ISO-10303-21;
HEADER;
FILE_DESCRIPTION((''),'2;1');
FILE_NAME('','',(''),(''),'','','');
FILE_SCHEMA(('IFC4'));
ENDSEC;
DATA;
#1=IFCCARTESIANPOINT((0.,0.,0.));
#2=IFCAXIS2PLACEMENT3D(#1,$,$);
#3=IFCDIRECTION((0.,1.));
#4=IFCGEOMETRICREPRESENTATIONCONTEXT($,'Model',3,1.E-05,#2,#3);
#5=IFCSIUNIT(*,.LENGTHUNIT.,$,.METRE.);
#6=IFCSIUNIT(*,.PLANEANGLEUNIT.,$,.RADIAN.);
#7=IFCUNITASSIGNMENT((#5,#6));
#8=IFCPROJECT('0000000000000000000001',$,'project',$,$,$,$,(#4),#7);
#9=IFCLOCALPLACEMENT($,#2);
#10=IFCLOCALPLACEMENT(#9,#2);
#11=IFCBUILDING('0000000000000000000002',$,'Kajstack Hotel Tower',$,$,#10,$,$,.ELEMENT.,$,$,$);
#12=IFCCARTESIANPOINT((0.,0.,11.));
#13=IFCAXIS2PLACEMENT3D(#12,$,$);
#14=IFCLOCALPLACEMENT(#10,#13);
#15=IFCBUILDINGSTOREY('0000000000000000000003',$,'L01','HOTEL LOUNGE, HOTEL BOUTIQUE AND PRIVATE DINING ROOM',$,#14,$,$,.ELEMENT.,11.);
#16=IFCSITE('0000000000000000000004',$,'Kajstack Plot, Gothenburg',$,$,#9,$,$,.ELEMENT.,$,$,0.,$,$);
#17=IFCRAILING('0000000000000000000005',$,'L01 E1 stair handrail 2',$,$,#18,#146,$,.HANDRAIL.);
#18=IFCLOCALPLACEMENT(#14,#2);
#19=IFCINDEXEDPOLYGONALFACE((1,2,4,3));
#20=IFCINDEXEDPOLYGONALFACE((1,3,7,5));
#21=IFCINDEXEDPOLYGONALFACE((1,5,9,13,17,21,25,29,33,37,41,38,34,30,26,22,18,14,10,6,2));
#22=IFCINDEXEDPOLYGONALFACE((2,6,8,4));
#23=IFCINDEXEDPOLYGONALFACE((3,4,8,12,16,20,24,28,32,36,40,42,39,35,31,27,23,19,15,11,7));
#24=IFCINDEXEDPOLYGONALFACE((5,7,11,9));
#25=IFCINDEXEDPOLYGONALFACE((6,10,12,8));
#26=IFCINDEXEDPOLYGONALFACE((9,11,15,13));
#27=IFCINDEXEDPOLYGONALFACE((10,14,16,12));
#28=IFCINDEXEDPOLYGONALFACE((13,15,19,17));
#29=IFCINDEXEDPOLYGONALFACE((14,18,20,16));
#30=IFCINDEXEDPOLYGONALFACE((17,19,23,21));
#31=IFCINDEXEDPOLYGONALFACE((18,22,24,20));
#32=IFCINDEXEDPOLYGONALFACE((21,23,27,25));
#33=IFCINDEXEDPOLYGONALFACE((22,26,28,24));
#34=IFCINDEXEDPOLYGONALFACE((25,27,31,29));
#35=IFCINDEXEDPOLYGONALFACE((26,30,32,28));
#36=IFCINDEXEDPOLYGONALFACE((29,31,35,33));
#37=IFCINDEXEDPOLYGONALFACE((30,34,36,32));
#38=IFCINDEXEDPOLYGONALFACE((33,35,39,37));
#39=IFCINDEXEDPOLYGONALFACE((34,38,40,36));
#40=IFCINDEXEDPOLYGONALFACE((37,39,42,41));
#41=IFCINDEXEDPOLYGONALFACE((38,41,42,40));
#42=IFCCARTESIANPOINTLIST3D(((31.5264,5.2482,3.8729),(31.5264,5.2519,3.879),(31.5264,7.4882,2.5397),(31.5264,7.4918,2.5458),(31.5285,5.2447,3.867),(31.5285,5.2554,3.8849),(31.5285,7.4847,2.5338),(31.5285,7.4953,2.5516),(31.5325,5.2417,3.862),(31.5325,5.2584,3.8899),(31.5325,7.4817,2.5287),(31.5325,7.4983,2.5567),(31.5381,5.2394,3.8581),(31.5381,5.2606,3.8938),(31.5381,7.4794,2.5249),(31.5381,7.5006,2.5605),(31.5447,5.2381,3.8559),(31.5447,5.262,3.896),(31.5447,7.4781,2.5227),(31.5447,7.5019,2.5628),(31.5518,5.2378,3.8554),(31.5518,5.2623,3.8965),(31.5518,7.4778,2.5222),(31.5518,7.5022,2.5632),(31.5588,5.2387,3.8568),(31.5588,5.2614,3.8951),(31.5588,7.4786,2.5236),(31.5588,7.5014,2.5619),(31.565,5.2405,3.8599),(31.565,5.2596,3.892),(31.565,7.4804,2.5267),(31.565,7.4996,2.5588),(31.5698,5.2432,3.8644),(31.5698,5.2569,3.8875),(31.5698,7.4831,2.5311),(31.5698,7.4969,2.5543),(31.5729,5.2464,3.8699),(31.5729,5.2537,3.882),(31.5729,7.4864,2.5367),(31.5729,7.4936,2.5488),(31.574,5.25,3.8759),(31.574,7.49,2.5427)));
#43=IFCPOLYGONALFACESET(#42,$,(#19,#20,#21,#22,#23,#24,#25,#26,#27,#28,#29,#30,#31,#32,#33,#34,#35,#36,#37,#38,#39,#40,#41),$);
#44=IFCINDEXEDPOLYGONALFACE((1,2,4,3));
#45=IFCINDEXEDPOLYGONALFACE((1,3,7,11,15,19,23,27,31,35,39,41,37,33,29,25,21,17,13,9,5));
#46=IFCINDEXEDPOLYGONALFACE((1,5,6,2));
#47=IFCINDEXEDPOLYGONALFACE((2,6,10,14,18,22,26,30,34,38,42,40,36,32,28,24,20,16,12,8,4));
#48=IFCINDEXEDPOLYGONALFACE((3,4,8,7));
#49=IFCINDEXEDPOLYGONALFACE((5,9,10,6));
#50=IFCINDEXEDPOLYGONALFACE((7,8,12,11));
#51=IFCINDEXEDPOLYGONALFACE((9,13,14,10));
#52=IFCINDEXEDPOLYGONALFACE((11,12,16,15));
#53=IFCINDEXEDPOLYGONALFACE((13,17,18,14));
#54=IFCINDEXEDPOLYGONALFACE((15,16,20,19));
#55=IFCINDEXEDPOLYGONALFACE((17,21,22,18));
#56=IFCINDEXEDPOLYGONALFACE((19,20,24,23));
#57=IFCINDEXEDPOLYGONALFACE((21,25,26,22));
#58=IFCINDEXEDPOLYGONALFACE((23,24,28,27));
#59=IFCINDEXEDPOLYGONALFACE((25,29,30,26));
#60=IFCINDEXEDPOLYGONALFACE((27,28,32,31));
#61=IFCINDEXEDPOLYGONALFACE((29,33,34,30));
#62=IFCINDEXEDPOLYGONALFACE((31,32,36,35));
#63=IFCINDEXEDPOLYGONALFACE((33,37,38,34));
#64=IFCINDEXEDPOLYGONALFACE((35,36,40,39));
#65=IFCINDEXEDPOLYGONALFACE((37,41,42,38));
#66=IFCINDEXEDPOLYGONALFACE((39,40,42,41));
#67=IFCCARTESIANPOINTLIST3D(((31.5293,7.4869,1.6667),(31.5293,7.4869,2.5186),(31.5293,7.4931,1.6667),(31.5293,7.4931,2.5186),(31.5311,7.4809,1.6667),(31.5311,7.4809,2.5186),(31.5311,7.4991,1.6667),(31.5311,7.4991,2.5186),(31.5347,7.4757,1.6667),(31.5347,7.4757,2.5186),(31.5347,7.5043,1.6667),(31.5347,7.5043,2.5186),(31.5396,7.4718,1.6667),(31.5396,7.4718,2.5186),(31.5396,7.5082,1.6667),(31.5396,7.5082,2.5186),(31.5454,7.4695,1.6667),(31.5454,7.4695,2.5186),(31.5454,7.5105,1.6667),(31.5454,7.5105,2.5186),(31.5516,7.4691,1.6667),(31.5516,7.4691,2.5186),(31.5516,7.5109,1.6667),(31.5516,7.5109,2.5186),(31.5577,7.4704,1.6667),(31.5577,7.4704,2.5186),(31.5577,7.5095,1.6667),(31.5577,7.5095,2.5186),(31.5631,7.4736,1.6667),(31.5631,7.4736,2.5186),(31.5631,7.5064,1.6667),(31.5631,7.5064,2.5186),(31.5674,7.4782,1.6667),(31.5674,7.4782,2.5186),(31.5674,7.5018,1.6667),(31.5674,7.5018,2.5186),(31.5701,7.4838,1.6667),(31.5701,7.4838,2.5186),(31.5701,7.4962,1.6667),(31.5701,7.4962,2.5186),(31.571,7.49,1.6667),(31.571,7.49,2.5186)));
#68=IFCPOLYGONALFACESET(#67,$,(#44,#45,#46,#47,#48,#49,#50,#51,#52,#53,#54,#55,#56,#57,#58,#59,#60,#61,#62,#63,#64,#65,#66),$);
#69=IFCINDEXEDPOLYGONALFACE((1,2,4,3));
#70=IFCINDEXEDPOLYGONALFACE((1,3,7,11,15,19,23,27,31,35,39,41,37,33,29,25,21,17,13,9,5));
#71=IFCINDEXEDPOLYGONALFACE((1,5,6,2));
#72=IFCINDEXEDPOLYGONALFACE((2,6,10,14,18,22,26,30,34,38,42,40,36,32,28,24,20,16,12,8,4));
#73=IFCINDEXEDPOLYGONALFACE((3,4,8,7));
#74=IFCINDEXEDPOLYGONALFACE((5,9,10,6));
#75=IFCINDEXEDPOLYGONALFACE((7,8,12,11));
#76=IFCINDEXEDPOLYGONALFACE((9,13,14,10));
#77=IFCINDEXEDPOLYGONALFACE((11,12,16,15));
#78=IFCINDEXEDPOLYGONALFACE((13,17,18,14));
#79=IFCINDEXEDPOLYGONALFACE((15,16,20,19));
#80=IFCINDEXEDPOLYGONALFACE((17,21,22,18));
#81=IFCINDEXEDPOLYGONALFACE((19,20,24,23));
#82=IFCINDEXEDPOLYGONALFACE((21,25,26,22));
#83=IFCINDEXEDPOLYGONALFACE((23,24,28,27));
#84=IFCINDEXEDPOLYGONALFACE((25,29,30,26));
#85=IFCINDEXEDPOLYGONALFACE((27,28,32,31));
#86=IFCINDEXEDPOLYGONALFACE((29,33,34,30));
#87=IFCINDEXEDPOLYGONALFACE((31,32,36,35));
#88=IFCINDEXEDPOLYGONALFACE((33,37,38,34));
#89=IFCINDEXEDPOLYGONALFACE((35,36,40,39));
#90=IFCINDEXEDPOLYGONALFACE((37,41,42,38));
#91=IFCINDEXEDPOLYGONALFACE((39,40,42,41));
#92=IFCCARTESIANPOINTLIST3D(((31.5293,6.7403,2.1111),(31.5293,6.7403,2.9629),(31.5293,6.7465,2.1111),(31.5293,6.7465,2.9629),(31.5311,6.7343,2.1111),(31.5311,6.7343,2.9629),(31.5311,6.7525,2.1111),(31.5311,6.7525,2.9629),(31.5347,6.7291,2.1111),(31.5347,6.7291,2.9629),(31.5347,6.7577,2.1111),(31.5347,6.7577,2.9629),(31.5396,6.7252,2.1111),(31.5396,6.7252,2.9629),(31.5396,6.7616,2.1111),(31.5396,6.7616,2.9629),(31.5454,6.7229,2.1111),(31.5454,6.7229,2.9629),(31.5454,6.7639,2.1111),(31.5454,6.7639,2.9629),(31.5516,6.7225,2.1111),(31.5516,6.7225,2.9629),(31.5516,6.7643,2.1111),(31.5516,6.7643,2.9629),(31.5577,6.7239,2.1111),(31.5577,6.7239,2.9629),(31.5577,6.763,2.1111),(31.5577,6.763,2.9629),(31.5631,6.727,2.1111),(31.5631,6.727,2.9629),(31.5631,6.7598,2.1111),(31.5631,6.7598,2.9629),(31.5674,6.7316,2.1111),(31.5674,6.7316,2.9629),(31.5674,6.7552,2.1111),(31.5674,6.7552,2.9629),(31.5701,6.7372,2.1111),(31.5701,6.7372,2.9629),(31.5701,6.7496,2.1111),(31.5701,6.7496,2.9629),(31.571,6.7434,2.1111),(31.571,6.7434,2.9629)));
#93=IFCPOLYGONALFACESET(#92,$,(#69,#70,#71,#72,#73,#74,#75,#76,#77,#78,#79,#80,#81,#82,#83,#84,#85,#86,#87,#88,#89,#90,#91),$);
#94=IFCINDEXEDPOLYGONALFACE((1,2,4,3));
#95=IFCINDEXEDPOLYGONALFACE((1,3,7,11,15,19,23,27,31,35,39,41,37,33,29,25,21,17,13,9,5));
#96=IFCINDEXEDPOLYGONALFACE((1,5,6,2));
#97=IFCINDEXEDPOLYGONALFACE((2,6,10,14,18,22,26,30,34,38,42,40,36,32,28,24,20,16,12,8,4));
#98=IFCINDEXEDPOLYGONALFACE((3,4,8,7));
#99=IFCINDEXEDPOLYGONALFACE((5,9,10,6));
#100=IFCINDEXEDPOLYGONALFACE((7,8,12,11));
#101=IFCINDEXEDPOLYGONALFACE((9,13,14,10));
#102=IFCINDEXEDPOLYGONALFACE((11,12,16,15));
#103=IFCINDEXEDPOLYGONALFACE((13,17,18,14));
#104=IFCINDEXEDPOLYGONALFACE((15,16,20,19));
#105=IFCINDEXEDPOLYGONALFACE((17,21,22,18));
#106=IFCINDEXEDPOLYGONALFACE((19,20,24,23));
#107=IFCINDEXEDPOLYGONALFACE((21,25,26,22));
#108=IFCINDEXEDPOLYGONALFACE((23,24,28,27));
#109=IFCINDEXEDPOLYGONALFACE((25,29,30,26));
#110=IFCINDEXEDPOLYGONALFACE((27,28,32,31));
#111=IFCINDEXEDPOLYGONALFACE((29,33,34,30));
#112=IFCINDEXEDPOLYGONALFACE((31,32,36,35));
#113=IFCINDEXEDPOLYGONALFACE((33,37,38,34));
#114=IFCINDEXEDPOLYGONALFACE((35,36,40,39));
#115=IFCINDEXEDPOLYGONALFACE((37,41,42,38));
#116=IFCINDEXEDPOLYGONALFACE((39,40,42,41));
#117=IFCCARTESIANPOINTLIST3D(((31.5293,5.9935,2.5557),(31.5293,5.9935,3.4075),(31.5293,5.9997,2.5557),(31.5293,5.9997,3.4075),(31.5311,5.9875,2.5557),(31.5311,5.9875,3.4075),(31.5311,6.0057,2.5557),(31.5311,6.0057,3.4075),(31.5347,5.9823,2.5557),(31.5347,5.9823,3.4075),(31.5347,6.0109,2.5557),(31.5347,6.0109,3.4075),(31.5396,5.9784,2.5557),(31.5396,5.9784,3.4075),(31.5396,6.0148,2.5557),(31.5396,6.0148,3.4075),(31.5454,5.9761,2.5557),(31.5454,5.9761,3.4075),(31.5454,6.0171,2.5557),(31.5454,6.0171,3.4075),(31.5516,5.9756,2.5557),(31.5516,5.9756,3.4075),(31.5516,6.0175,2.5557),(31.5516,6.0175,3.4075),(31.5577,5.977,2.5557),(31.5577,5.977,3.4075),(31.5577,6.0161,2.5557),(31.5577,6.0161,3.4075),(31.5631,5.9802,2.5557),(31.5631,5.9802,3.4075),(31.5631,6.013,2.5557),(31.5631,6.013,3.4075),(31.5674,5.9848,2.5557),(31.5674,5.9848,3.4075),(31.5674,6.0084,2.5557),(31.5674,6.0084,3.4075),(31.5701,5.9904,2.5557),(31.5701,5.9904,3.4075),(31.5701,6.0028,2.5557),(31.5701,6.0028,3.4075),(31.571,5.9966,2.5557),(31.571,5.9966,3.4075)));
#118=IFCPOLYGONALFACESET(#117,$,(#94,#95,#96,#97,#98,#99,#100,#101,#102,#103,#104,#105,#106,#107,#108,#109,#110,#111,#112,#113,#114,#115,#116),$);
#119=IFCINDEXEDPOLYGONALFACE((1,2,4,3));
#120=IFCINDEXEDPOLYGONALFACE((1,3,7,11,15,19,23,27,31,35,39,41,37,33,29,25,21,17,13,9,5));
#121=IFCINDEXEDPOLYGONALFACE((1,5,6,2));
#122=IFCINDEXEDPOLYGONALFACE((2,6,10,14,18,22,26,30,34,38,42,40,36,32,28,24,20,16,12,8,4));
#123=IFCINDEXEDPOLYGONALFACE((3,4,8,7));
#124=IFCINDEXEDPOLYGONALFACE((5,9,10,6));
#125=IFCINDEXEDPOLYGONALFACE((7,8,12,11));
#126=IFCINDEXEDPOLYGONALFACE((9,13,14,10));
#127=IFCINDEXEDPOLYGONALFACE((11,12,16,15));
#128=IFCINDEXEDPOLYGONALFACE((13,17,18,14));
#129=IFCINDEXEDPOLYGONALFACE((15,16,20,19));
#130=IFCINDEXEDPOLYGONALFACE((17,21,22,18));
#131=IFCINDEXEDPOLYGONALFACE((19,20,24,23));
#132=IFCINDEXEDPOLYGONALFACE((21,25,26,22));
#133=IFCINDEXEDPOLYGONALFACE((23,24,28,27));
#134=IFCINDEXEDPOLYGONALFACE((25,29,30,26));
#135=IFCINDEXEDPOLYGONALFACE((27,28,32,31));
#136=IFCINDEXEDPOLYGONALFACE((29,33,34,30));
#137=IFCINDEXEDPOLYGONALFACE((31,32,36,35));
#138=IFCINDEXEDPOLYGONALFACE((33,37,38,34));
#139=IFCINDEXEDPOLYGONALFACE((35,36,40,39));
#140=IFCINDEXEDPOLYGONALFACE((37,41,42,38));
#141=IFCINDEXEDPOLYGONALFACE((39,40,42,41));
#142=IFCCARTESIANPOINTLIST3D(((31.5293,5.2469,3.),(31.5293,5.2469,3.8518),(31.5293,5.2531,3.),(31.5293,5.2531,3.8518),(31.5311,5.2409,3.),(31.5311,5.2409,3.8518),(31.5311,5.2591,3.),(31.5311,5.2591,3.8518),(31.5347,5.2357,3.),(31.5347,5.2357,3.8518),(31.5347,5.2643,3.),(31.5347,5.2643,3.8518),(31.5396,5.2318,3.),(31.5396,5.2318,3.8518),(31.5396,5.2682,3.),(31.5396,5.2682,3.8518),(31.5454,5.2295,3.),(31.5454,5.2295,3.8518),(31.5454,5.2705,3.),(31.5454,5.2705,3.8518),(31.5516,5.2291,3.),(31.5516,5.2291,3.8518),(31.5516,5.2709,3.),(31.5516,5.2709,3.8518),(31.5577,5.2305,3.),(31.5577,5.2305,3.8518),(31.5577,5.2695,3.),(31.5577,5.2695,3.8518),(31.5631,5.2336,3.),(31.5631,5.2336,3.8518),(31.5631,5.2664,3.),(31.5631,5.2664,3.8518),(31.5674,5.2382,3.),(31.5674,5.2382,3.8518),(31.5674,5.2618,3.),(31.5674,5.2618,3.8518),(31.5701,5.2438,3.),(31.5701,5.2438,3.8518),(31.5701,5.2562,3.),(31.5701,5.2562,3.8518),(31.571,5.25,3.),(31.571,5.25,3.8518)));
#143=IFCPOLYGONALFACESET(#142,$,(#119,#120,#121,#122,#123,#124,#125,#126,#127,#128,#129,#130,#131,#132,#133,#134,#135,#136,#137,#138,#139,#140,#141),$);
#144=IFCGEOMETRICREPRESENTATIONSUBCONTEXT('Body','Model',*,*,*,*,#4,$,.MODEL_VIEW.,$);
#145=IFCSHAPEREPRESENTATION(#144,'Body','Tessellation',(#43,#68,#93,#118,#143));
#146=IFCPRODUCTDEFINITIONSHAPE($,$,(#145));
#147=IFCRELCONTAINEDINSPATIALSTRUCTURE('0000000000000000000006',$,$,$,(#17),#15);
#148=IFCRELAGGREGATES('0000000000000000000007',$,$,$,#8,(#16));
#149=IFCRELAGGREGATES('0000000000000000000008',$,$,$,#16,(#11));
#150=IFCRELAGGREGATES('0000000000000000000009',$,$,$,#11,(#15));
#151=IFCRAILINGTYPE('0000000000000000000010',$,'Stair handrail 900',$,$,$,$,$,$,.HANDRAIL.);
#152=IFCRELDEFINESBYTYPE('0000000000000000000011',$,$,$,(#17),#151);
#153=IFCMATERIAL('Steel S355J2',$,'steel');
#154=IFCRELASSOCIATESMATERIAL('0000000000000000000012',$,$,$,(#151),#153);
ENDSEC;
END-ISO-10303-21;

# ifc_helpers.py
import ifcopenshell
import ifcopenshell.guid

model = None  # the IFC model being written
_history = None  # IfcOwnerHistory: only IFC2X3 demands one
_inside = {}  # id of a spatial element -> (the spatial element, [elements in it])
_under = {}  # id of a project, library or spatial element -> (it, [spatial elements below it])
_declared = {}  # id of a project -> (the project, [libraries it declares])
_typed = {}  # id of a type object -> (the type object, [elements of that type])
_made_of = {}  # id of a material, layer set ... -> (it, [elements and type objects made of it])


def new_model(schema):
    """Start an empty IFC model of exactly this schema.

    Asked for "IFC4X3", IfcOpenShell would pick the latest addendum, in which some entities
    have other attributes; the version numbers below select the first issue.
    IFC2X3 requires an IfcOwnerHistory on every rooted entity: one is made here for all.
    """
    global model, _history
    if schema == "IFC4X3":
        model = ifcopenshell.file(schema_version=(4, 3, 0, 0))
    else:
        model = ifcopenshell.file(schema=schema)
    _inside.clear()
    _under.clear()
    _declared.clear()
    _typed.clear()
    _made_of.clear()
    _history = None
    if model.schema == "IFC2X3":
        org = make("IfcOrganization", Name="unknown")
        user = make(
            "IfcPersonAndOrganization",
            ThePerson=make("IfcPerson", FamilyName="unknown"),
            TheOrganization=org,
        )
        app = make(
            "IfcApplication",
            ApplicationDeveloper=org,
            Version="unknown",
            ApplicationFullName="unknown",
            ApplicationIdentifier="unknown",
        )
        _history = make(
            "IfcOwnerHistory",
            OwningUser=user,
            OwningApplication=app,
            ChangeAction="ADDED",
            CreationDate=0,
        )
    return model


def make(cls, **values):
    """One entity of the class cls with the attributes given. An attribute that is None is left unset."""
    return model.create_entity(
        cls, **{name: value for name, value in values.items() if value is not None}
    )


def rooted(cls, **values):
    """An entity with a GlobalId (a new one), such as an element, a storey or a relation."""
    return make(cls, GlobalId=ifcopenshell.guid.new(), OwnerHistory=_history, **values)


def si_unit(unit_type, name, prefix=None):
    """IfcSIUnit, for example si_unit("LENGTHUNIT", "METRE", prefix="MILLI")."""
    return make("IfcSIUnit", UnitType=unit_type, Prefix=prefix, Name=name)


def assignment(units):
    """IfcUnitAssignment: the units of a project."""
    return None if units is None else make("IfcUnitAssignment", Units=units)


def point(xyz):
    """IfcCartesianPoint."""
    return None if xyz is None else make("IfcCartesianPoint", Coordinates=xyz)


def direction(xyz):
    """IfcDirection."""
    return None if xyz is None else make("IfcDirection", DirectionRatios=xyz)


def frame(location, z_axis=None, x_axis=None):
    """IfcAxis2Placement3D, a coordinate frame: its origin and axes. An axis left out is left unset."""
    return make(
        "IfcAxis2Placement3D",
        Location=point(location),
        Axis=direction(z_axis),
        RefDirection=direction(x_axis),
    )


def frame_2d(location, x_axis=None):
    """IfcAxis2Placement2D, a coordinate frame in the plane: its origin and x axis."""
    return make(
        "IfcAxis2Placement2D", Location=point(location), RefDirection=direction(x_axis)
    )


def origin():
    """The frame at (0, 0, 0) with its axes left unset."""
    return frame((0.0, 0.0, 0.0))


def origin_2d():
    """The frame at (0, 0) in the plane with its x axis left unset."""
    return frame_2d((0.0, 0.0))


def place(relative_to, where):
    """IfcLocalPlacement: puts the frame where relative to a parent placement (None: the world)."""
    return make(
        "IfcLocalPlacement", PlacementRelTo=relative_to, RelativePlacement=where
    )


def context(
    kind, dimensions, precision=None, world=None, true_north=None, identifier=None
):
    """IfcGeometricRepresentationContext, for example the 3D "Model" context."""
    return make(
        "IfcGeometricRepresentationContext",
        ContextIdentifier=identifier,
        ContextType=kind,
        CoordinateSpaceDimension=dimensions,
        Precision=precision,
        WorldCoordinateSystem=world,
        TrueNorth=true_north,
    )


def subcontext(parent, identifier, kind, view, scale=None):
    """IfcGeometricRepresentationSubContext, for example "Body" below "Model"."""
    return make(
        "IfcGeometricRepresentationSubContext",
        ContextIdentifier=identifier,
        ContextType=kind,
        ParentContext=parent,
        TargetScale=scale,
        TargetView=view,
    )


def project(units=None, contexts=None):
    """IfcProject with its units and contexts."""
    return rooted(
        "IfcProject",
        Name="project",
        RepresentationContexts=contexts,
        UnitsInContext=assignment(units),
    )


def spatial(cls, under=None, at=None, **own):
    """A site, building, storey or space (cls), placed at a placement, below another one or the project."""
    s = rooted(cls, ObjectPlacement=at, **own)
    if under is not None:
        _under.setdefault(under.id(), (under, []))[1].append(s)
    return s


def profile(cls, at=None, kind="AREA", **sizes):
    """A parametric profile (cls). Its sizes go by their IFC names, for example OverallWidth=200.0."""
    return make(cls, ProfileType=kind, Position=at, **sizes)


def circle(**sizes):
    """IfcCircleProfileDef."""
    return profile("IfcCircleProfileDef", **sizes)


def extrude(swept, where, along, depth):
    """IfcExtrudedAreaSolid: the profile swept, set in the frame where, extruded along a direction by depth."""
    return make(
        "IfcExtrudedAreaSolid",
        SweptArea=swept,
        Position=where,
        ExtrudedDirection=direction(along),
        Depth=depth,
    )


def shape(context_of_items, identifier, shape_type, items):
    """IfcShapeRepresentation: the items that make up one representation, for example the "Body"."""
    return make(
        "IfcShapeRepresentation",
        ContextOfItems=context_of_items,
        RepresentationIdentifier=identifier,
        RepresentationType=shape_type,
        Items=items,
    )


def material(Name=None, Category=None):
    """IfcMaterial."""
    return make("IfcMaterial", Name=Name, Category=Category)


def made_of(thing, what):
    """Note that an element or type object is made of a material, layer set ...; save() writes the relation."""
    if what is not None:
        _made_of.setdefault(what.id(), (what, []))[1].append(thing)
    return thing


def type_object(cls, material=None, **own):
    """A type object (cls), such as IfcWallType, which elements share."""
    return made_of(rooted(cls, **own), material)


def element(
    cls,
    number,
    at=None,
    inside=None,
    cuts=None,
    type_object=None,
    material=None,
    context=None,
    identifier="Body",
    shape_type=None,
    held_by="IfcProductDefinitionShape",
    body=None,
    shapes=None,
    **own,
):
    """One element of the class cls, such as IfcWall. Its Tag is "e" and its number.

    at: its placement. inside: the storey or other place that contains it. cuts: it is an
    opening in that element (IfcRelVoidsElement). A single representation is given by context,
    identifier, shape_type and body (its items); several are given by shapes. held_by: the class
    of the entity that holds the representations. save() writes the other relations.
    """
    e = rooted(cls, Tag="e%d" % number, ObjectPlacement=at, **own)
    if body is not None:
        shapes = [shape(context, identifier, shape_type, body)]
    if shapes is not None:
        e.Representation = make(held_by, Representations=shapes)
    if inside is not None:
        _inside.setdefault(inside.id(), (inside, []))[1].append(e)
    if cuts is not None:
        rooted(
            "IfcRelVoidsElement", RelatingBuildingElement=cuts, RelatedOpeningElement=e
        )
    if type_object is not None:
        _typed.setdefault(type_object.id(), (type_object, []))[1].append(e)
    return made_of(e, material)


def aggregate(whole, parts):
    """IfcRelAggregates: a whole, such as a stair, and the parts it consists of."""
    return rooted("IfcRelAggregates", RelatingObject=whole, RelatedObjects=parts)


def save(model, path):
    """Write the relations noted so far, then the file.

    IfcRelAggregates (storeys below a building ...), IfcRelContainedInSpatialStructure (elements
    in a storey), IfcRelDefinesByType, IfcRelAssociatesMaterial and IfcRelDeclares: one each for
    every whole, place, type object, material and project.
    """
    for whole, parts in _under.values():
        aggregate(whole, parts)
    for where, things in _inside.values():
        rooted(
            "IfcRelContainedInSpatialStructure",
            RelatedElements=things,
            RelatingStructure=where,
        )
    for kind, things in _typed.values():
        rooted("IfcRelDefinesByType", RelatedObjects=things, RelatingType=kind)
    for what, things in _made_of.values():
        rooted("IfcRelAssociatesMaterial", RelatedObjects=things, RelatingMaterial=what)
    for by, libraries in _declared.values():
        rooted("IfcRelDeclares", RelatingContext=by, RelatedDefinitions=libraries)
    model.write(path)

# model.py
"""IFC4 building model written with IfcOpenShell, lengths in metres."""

from ifc_helpers import new_model, si_unit, direction, frame, origin, origin_2d, place, context, subcontext, project, spatial, circle, extrude, material, type_object, element, save


model = new_model("IFC4")

# Units and contexts
model_context = context("Model", 3, precision=1e-05, world=origin(), true_north=direction((0.0, 1.0)))
body_context = subcontext(model_context, "Body", "Model", "MODEL_VIEW")
ifc_project = project(units=[si_unit("LENGTHUNIT", "METRE"), si_unit("PLANEANGLEUNIT", "RADIAN")], contexts=[model_context])

# Site, building, storey
site_placement = place(None, origin())
site = spatial("IfcSite", under=ifc_project, at=site_placement, Name="Kajstack Plot, Gothenburg", CompositionType="ELEMENT", RefElevation=0.0)
building_placement = place(site_placement, origin())
building = spatial("IfcBuilding", under=site, at=building_placement, Name="Kajstack Hotel Tower", CompositionType="ELEMENT")
storey_placement = place(building_placement, frame((0.0, 0.0, 11.0)))
storey = spatial("IfcBuildingStorey", under=building, at=storey_placement, Name="L01", Description="HOTEL LOUNGE, HOTEL BOUTIQUE AND PRIVATE DINING ROOM", CompositionType="ELEMENT", Elevation=11.0)

# Railing
ifc_material_1 = material(Name="Steel S355J2", Category="steel")
railing_type_1 = type_object("IfcRailingType", Name="Stair handrail 900", PredefinedType="HANDRAIL", material=ifc_material_1)
railing_1_placement = place(storey_placement, frame((31.55, 7.49, 1.6667)))
element("IfcRailing", 1, at=railing_1_placement, inside=storey, type_object=railing_type_1, Name="L01 E1 stair handrail 2", PredefinedType="HANDRAIL", context=body_context, shape_type="SweptSolid", body=[
    extrude(circle(Radius=0.0239, at=origin_2d()), frame((0.0, 0.0, 0.876), z_axis=(0.0, -0.859306, 0.511462), x_axis=(1.0, 0.0, 0.0)), (0.0, 0.0, 1.0), 2.6067),
    extrude(circle(Radius=0.021, at=origin_2d()), origin(), (0.0, 0.0, 1.0), 0.8518),
    extrude(circle(Radius=0.021, at=origin_2d()), frame((0.0, -0.7466, 0.4443)), (0.0, 0.0, 1.0), 0.8518),
    extrude(circle(Radius=0.021, at=origin_2d()), frame((0.0, -1.4934, 0.8889)), (0.0, 0.0, 1.0), 0.8518),
    extrude(circle(Radius=0.021, at=origin_2d()), frame((0.0, -2.24, 1.3333)), (0.0, 0.0, 1.0), 0.8518),
])

save(model, "model.ifc")
